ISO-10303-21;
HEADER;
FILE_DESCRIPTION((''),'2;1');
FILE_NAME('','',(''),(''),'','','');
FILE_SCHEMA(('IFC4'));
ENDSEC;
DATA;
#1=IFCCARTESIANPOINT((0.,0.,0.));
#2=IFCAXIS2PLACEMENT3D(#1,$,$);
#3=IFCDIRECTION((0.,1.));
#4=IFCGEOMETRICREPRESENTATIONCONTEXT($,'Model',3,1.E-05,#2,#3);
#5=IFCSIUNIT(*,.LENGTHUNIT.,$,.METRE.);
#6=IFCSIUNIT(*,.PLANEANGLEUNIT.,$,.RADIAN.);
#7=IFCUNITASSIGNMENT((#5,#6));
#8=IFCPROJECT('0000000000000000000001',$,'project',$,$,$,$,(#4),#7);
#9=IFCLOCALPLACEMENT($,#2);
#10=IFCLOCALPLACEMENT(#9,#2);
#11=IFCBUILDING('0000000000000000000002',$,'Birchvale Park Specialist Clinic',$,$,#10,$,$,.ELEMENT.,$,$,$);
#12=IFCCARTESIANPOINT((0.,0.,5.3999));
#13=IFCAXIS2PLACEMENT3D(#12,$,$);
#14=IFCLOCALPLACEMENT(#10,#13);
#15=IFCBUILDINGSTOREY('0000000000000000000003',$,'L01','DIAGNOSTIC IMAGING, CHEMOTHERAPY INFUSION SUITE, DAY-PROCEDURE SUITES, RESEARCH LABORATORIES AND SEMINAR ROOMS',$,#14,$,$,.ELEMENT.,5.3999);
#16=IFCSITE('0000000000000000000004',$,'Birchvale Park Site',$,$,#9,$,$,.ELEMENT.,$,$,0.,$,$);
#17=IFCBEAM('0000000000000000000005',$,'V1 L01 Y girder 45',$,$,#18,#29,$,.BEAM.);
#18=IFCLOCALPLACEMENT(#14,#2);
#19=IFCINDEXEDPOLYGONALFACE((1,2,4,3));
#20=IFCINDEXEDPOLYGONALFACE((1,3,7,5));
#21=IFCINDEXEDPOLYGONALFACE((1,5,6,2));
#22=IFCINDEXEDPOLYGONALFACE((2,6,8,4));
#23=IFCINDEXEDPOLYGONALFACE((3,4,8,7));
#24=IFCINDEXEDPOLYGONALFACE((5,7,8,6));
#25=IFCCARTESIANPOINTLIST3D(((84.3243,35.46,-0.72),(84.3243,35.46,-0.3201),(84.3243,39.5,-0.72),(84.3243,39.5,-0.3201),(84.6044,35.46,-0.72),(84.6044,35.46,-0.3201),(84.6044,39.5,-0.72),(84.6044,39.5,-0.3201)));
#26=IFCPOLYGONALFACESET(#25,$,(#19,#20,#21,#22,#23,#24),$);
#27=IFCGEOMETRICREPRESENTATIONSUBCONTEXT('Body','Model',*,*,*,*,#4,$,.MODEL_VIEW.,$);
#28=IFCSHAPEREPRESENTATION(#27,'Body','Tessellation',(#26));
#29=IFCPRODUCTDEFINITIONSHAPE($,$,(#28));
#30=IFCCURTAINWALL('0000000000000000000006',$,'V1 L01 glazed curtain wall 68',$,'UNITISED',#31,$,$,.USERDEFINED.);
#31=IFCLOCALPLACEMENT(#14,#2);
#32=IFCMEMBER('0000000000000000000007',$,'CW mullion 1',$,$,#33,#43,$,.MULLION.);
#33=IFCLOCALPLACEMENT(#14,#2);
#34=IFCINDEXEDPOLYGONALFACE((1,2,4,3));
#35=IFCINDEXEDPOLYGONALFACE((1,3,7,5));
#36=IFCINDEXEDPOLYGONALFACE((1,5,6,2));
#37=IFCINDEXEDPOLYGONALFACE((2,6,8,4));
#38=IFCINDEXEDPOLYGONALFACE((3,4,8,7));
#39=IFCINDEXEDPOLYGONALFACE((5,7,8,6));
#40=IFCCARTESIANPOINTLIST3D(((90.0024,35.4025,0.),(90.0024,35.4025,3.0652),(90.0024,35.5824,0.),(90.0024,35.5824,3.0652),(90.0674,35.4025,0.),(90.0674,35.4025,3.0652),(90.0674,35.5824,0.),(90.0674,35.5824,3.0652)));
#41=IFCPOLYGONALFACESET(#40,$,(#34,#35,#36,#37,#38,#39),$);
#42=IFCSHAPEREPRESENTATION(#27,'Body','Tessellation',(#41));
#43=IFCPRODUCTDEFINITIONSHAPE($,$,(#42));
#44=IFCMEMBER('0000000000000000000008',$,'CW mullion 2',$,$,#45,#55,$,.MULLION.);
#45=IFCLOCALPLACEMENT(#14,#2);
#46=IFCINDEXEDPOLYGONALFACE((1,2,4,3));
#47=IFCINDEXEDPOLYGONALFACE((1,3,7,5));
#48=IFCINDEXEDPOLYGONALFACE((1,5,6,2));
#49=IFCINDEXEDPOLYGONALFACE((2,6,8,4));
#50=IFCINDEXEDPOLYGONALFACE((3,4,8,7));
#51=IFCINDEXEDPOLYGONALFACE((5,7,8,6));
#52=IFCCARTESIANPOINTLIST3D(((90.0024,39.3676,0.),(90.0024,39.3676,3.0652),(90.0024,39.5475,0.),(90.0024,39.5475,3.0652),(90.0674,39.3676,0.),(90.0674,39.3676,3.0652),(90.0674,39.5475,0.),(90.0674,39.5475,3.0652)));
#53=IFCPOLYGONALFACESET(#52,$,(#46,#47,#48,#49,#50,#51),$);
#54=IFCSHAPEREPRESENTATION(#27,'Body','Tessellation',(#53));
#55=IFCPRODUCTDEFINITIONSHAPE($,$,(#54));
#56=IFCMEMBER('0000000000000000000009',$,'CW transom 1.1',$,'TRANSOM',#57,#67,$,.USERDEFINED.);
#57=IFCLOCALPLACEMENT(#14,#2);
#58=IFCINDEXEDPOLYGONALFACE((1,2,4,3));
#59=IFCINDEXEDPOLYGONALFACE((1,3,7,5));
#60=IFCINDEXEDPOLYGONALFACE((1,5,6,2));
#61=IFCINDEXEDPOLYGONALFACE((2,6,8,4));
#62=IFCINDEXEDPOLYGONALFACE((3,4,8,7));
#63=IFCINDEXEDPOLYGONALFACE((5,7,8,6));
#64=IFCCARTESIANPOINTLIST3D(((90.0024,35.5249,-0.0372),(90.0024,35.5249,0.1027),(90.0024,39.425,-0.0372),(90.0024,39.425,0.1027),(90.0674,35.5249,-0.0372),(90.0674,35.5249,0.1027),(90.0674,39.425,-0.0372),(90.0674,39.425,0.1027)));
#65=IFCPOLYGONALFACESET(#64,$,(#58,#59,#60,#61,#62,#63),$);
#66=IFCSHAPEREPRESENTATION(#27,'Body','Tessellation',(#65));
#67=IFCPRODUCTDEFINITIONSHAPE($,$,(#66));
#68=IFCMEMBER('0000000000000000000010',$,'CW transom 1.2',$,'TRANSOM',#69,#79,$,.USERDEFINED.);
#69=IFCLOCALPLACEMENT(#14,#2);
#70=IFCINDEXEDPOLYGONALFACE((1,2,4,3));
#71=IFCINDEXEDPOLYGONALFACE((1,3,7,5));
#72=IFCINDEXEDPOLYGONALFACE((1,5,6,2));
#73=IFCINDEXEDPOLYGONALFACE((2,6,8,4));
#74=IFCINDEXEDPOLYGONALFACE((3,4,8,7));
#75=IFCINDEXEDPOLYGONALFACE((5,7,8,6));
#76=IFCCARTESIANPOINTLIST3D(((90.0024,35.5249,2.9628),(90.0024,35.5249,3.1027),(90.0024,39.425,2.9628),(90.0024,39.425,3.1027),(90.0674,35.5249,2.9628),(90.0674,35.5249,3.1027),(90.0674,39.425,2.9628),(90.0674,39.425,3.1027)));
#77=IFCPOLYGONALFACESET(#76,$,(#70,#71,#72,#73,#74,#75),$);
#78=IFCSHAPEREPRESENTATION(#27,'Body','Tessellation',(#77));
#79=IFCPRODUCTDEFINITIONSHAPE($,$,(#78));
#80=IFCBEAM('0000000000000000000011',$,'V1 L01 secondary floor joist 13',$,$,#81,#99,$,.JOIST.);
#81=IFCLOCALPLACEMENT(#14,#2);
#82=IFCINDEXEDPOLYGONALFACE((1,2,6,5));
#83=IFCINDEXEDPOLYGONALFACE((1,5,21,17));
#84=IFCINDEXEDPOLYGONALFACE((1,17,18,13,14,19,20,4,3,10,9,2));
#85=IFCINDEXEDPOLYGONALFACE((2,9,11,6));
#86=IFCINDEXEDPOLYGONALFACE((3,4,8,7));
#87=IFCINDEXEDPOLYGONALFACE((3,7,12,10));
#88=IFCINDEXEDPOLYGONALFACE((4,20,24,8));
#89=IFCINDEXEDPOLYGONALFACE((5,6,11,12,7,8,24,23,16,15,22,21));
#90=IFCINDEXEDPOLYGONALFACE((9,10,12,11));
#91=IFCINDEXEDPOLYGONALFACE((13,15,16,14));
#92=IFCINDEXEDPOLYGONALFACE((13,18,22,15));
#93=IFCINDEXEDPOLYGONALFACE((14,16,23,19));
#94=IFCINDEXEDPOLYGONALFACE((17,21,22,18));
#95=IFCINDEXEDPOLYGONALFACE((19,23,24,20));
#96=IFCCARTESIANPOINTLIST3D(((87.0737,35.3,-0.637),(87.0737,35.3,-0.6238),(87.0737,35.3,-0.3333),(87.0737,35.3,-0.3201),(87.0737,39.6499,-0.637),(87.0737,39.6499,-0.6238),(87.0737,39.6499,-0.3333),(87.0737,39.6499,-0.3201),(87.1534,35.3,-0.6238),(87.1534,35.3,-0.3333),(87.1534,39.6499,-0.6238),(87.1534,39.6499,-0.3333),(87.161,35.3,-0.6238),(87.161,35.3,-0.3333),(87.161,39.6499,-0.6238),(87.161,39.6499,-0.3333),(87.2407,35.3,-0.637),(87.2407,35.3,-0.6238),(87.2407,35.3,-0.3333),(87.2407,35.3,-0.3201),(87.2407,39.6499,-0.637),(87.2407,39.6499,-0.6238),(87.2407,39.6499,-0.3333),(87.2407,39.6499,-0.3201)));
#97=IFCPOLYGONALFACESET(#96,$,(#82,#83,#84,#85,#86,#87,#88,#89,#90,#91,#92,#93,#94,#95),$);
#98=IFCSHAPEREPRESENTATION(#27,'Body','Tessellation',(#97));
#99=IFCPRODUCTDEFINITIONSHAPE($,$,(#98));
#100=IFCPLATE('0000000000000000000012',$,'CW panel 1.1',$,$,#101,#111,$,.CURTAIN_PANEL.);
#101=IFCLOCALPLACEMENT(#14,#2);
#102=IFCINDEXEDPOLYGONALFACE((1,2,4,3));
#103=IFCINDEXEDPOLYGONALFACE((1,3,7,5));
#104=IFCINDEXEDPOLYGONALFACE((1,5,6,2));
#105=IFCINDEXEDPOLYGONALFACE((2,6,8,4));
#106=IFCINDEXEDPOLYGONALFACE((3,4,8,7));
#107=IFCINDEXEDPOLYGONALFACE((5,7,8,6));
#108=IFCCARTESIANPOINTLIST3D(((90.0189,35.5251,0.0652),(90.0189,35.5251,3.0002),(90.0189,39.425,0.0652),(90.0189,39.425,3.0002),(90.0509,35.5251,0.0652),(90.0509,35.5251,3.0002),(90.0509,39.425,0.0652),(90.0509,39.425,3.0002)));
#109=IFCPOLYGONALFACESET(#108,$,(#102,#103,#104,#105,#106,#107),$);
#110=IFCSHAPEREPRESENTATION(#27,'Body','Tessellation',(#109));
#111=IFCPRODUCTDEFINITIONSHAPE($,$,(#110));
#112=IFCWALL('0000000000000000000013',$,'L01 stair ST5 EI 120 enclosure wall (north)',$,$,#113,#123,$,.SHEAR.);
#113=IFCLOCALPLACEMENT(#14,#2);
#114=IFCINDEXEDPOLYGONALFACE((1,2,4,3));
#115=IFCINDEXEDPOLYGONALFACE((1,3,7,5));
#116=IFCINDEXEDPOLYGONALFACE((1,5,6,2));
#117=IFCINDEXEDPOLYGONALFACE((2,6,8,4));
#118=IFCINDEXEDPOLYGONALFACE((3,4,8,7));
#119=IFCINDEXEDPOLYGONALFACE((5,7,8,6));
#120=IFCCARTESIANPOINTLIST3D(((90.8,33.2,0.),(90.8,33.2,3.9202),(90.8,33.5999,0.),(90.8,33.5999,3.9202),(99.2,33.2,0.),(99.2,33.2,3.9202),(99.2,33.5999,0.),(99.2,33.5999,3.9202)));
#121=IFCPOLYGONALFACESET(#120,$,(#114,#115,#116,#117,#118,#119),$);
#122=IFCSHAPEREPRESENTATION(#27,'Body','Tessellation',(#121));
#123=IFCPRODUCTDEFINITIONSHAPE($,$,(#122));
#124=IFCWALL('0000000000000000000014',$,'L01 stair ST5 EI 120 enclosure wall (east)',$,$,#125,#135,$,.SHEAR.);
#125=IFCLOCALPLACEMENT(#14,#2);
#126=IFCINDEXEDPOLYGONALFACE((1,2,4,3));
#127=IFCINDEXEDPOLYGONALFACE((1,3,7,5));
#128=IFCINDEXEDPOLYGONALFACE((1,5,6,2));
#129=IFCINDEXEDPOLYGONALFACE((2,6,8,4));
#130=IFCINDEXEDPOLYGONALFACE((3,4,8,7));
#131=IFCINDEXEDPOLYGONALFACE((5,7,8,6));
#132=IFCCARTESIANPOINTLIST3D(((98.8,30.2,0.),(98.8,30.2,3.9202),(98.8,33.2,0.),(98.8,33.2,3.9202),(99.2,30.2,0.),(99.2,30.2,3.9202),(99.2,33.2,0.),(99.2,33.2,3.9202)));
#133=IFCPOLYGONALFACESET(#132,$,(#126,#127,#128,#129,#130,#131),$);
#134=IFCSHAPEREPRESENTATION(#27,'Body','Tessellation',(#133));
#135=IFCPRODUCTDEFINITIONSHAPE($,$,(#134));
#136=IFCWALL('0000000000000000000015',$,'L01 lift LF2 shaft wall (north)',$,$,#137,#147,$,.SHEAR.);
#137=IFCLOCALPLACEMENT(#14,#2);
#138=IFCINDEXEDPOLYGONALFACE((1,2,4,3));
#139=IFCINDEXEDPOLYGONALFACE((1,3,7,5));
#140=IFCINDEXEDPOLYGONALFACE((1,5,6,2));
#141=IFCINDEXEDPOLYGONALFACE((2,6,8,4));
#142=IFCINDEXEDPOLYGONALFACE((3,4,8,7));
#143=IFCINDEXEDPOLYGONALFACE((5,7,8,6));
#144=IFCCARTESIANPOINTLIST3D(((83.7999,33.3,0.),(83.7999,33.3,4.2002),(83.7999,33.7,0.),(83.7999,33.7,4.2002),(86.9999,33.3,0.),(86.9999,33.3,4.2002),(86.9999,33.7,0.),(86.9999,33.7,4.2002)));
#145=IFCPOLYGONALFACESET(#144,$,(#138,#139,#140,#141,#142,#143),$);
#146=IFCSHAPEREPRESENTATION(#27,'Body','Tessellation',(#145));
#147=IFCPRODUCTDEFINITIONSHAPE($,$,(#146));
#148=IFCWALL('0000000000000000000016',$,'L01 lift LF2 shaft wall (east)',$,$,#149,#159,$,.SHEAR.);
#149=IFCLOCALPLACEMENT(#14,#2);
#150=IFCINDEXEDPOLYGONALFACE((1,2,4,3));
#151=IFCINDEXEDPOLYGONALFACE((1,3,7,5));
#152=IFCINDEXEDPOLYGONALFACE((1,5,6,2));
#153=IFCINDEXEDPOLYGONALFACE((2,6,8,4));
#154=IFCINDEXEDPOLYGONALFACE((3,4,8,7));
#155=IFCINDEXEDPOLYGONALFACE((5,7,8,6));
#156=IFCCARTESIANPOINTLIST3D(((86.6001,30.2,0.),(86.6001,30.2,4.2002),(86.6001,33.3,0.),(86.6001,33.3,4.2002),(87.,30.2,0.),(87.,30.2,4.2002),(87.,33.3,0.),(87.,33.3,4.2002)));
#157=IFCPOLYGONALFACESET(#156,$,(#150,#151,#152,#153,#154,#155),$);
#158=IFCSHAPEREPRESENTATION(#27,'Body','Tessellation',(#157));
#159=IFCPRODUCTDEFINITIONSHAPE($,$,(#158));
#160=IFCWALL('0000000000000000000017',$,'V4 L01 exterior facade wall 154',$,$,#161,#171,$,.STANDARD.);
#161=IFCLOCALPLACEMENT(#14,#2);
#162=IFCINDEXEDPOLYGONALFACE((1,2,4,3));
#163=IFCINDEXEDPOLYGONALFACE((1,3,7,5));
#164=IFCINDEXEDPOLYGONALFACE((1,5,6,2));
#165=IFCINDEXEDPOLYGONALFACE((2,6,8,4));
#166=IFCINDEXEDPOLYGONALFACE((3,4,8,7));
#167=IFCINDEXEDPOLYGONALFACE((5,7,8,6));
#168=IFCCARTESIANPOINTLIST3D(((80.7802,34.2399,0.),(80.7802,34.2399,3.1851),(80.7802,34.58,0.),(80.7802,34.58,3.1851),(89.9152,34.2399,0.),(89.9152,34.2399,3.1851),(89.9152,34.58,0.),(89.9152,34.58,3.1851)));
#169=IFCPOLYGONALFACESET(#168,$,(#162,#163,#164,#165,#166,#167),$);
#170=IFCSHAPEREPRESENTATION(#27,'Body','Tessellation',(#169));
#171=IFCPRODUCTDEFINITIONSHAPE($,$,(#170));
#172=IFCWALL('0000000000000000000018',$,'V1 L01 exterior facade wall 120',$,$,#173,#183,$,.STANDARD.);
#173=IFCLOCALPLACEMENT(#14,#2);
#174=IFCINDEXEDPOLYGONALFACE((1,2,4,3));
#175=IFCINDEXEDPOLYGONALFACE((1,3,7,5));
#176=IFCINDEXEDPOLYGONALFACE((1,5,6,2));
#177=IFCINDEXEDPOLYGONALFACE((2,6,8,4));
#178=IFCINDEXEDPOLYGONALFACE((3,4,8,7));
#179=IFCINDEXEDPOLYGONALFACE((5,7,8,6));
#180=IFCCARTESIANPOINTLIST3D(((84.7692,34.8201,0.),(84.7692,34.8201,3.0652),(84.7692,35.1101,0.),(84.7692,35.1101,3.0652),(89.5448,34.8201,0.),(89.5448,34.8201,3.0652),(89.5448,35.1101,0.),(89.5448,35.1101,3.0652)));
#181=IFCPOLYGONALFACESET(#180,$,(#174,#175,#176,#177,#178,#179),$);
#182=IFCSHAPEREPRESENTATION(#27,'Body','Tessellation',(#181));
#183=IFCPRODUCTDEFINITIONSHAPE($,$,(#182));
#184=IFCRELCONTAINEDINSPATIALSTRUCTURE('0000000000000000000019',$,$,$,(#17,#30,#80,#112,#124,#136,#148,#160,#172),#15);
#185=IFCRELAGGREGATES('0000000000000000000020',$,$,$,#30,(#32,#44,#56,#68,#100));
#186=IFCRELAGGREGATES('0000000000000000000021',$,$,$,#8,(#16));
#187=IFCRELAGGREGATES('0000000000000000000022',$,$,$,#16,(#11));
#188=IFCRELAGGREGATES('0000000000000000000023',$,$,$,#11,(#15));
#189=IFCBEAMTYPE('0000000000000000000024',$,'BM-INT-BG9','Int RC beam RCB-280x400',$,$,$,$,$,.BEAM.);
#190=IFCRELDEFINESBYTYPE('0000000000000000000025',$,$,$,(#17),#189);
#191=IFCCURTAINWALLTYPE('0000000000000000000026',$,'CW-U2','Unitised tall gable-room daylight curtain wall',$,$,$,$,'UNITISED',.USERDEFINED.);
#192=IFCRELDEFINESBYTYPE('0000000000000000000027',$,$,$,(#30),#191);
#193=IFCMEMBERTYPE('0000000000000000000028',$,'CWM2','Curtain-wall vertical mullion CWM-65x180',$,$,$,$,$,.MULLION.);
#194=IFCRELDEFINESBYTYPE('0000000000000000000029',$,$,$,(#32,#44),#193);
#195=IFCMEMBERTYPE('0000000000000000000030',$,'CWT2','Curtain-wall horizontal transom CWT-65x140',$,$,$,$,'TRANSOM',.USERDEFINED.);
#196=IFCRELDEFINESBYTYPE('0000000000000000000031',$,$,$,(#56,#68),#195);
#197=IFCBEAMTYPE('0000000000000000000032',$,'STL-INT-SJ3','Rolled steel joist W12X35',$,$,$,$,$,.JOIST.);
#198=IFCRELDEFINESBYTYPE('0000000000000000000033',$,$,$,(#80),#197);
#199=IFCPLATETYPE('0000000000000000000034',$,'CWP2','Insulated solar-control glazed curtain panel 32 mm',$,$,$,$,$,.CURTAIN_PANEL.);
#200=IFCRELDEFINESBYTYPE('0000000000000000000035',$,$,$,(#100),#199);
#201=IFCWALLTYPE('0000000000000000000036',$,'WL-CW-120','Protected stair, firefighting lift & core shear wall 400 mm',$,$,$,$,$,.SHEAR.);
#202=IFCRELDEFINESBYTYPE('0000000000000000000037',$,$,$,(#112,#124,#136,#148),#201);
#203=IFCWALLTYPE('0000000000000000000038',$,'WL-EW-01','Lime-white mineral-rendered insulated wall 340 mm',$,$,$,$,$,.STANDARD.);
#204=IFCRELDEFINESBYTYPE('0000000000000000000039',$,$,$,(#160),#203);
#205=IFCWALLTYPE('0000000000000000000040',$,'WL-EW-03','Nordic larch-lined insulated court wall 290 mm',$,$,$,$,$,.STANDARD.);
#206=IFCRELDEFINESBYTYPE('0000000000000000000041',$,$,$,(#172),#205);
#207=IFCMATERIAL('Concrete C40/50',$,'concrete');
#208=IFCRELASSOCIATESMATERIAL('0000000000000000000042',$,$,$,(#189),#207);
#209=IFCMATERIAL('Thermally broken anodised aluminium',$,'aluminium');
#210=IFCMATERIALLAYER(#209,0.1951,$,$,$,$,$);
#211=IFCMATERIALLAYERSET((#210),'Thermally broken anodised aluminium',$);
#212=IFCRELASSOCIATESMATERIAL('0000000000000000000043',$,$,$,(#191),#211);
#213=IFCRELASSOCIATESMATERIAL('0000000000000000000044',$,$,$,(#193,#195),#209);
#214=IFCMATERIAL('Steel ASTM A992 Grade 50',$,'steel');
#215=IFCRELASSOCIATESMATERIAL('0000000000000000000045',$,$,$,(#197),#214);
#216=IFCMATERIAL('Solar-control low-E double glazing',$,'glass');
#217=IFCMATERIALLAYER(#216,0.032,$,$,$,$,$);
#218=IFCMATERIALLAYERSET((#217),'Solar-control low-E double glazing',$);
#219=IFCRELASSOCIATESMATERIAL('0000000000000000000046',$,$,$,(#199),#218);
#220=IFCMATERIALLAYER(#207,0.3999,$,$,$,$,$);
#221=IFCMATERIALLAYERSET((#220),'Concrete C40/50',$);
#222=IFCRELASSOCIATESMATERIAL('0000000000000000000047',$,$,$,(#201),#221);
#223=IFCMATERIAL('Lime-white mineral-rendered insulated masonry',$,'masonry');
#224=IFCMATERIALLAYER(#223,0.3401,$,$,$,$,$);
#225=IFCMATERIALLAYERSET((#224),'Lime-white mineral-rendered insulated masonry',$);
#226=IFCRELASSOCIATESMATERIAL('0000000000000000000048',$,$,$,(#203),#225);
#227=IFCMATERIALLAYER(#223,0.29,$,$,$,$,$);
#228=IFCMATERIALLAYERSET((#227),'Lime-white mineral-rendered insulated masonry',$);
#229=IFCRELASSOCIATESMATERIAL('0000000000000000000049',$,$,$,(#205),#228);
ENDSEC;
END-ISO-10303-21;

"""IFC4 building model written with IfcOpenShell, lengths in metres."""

from ifc_helpers import new_model, si_unit, direction, frame, frame_2d, origin, origin_2d, place, context, subcontext, project, spatial, rectangle, i_section, extrude, material, layer, layer_set, material_profile, profile_set, type_object, element, aggregate, save


model = new_model("IFC4")

# Units and contexts
model_context = context("Model", 3, precision=1e-05, world=origin(), true_north=direction((0.0, 1.0)))
body_context = subcontext(model_context, "Body", "Model", "MODEL_VIEW")
ifc_project = project(units=[si_unit("LENGTHUNIT", "METRE"), si_unit("PLANEANGLEUNIT", "RADIAN")], contexts=[model_context])

# Site, building, storey
site_placement = place(None, origin())
site = spatial("IfcSite", under=ifc_project, at=site_placement, Name="Birchvale Park Site", CompositionType="ELEMENT", RefElevation=0.0)
building_placement = place(site_placement, origin())
building = spatial("IfcBuilding", under=site, at=building_placement, Name="Birchvale Park Specialist Clinic", CompositionType="ELEMENT")
storey_placement = place(building_placement, frame((0.0, 0.0, 5.3999)))
storey = spatial("IfcBuildingStorey", under=building, at=storey_placement, Name="L01", Description="DIAGNOSTIC IMAGING, CHEMOTHERAPY INFUSION SUITE, DAY-PROCEDURE SUITES, RESEARCH LABORATORIES AND SEMINAR ROOMS", CompositionType="ELEMENT", Elevation=5.3999)

# Shared definitions
ifc_material_1 = material(Name="Concrete C40/50", Category="concrete")

# Beam
ifc_material_profile_1 = material_profile(ifc_material_1, rectangle(XDim=0.28, YDim=0.3999, at=origin_2d()), Name="RCB-280x400")
ifc_profile_set_1 = profile_set([ifc_material_profile_1], Name="Concrete C40/50")
beam_type_1 = type_object("IfcBeamType", Name="BM-INT-BG9", Description="Int RC beam RCB-280x400", PredefinedType="BEAM", material=ifc_profile_set_1)
beam_1_placement = place(storey_placement, frame((84.4644, 35.46, -0.52), z_axis=(0.0, 1.0, 0.0), x_axis=(-1.0, 0.0, 0.0)))
element("IfcBeam", 1, at=beam_1_placement, inside=storey, type_object=beam_type_1, Name="V1 L01 Y girder 45", PredefinedType="BEAM", context=body_context, shape_type="SweptSolid", body=[
    extrude(rectangle(XDim=0.28, YDim=0.3999, at=origin_2d()), origin(), (0.0, 0.0, 1.0), 4.04),
])

# Curtain wall, members
ifc_material_2 = material(Name="Thermally broken anodised aluminium", Category="aluminium")
ifc_layer_1 = layer(ifc_material_2, 0.1951)
ifc_layer_set_1 = layer_set([ifc_layer_1], Name="Thermally broken anodised aluminium")
curtain_wall_type = type_object("IfcCurtainWallType", Name="CW-U2", Description="Unitised tall gable-room daylight curtain wall", ElementType="UNITISED", PredefinedType="USERDEFINED", material=ifc_layer_set_1)
curtain_wall_placement = place(storey_placement, origin())
curtain_wall = element("IfcCurtainWall", 2, at=curtain_wall_placement, inside=storey, type_object=curtain_wall_type, Name="V1 L01 glazed curtain wall 68", ObjectType="UNITISED", PredefinedType="USERDEFINED")
ifc_material_profile_2 = material_profile(ifc_material_2, rectangle(XDim=0.0649, YDim=0.1799, at=origin_2d()), Name="CWM-65x180")
ifc_profile_set_2 = profile_set([ifc_material_profile_2], Name="Thermally broken anodised aluminium")
member_type_1 = type_object("IfcMemberType", Name="CWM2", Description="Curtain-wall vertical mullion CWM-65x180", PredefinedType="MULLION", material=ifc_profile_set_2)
member_1_placement = place(storey_placement, frame((90.0349, 35.4924, 0.0), z_axis=(0.0, 0.0, 1.0), x_axis=(-1.0, 0.0, 0.0)))
member_1 = element("IfcMember", 3, at=member_1_placement, type_object=member_type_1, Name="CW mullion 1", PredefinedType="MULLION", context=body_context, shape_type="SweptSolid", body=[
    extrude(rectangle(XDim=0.0649, YDim=0.1799, at=origin_2d()), origin(), (0.0, 0.0, 1.0), 3.0652),
])
member_2_placement = place(storey_placement, frame((90.0349, 39.4575, 0.0), z_axis=(0.0, 0.0, 1.0), x_axis=(-1.0, 0.0, 0.0)))
member_2 = element("IfcMember", 4, at=member_2_placement, type_object=member_type_1, Name="CW mullion 2", PredefinedType="MULLION", context=body_context, shape_type="SweptSolid", body=[
    extrude(rectangle(XDim=0.0649, YDim=0.1799, at=origin_2d()), origin(), (0.0, 0.0, 1.0), 3.0652),
])
ifc_material_profile_3 = material_profile(ifc_material_2, rectangle(XDim=0.0649, YDim=0.1399, at=origin_2d()), Name="CWT-65x140")
ifc_profile_set_3 = profile_set([ifc_material_profile_3], Name="Thermally broken anodised aluminium")
member_type_2 = type_object("IfcMemberType", Name="CWT2", Description="Curtain-wall horizontal transom CWT-65x140", ElementType="TRANSOM", PredefinedType="USERDEFINED", material=ifc_profile_set_3)
member_3_placement = place(storey_placement, frame((90.0349, 35.5249, 0.0327), z_axis=(0.0, 1.0, 0.0), x_axis=(-1.0, 0.0, 0.0)))
member_3 = element("IfcMember", 5, at=member_3_placement, type_object=member_type_2, Name="CW transom 1.1", ObjectType="TRANSOM", PredefinedType="USERDEFINED", context=body_context, shape_type="SweptSolid", body=[
    extrude(rectangle(XDim=0.0649, YDim=0.1399, at=origin_2d()), origin(), (0.0, 0.0, 1.0), 3.9001),
])
member_4_placement = place(storey_placement, frame((90.0349, 35.5249, 3.0327), z_axis=(0.0, 1.0, 0.0), x_axis=(-1.0, 0.0, 0.0)))
member_4 = element("IfcMember", 6, at=member_4_placement, type_object=member_type_2, Name="CW transom 1.2", ObjectType="TRANSOM", PredefinedType="USERDEFINED", context=body_context, shape_type="SweptSolid", body=[
    extrude(rectangle(XDim=0.0649, YDim=0.1399, at=origin_2d()), origin(), (0.0, 0.0, 1.0), 3.9001),
])

# Beam
ifc_material_3 = material(Name="Steel ASTM A992 Grade 50", Category="steel")
ifc_material_profile_4 = material_profile(ifc_material_3, i_section(OverallWidth=0.167, OverallDepth=0.3169, WebThickness=0.0076, FlangeThickness=0.0132, at=origin_2d()), Name="W12X35")
ifc_profile_set_4 = profile_set([ifc_material_profile_4], Name="Steel ASTM A992 Grade 50")
beam_type_2 = type_object("IfcBeamType", Name="STL-INT-SJ3", Description="Rolled steel joist W12X35", PredefinedType="JOIST", material=ifc_profile_set_4)
beam_2_placement = place(storey_placement, frame((87.1572, 35.3, -0.4785), z_axis=(0.0, 1.0, 0.0), x_axis=(-1.0, 0.0, 0.0)))
element("IfcBeam", 7, at=beam_2_placement, inside=storey, type_object=beam_type_2, Name="V1 L01 secondary floor joist 13", PredefinedType="JOIST", context=body_context, shape_type="SweptSolid", body=[
    extrude(i_section(OverallWidth=0.167, OverallDepth=0.3169, WebThickness=0.0076, FlangeThickness=0.0132, at=origin_2d()), origin(), (0.0, 0.0, 1.0), 4.3499),
])

# Plate
ifc_material_4 = material(Name="Solar-control low-E double glazing", Category="glass")
ifc_layer_2 = layer(ifc_material_4, 0.032)
ifc_layer_set_2 = layer_set([ifc_layer_2], Name="Solar-control low-E double glazing")
plate_type = type_object("IfcPlateType", Name="CWP2", Description="Insulated solar-control glazed curtain panel 32 mm", PredefinedType="CURTAIN_PANEL", material=ifc_layer_set_2)
plate_placement = place(storey_placement, frame((90.0349, 37.4751, 0.0652), z_axis=(0.0, 0.0, 1.0), x_axis=(0.0, 1.0, 0.0)))
plate = element("IfcPlate", 8, at=plate_placement, type_object=plate_type, Name="CW panel 1.1", PredefinedType="CURTAIN_PANEL", context=body_context, shape_type="SweptSolid", body=[
    extrude(rectangle(XDim=3.8999, YDim=0.032, at=origin_2d()), origin(), (0.0, 0.0, 1.0), 2.9351),
])
aggregate(curtain_wall, [member_1, member_2, member_3, member_4, plate])

# Walls
ifc_layer_3 = layer(ifc_material_1, 0.3999)
ifc_layer_set_3 = layer_set([ifc_layer_3], Name="Concrete C40/50")
wall_type_1 = type_object("IfcWallType", Name="WL-CW-120", Description="Protected stair, firefighting lift & core shear wall 400 mm", PredefinedType="SHEAR", material=ifc_layer_set_3)
wall_1_placement = place(storey_placement, frame((99.2, 33.3999, 0.0), z_axis=(0.0, 0.0, 1.0), x_axis=(-1.0, 0.0, 0.0)))
element("IfcWall", 9, at=wall_1_placement, inside=storey, type_object=wall_type_1, Name="L01 stair ST5 EI 120 enclosure wall (north)", PredefinedType="SHEAR", context=body_context, shape_type="SweptSolid", body=[
    extrude(rectangle(XDim=8.3999, YDim=0.3999, at=frame_2d((4.2, 0.0))), origin(), (0.0, 0.0, 1.0), 3.9202),
])
wall_2_placement = place(storey_placement, frame((99.0, 33.2, 0.0), z_axis=(0.0, 0.0, 1.0), x_axis=(0.0, -1.0, 0.0)))
element("IfcWall", 10, at=wall_2_placement, inside=storey, type_object=wall_type_1, Name="L01 stair ST5 EI 120 enclosure wall (east)", PredefinedType="SHEAR", context=body_context, shape_type="SweptSolid", body=[
    extrude(rectangle(XDim=3.0, YDim=0.3999, at=frame_2d((1.5, 0.0))), origin(), (0.0, 0.0, 1.0), 3.9202),
])
wall_3_placement = place(storey_placement, frame((87.0, 33.5, 0.0), z_axis=(0.0, 0.0, 1.0), x_axis=(-1.0, 0.0, 0.0)))
element("IfcWall", 11, at=wall_3_placement, inside=storey, type_object=wall_type_1, Name="L01 lift LF2 shaft wall (north)", PredefinedType="SHEAR", context=body_context, shape_type="SweptSolid", body=[
    extrude(rectangle(XDim=3.2, YDim=0.3999, at=frame_2d((1.6001, 0.0))), origin(), (0.0, 0.0, 1.0), 4.2002),
])
wall_4_placement = place(storey_placement, frame((86.8, 33.3, 0.0), z_axis=(0.0, 0.0, 1.0), x_axis=(0.0, -1.0, 0.0)))
element("IfcWall", 12, at=wall_4_placement, inside=storey, type_object=wall_type_1, Name="L01 lift LF2 shaft wall (east)", PredefinedType="SHEAR", context=body_context, shape_type="SweptSolid", body=[
    extrude(rectangle(XDim=3.1001, YDim=0.3999, at=frame_2d((1.55, 0.0))), origin(), (0.0, 0.0, 1.0), 4.2002),
])
ifc_material_5 = material(Name="Lime-white mineral-rendered insulated masonry", Category="masonry")
ifc_layer_4 = layer(ifc_material_5, 0.3401)
ifc_layer_set_4 = layer_set([ifc_layer_4], Name="Lime-white mineral-rendered insulated masonry")
wall_type_2 = type_object("IfcWallType", Name="WL-EW-01", Description="Lime-white mineral-rendered insulated wall 340 mm", PredefinedType="STANDARD", material=ifc_layer_set_4)
wall_5_placement = place(storey_placement, frame((89.915, 34.4099, 0.0), z_axis=(0.0, 0.0, 1.0), x_axis=(-1.0, 0.0, 0.0)))
element("IfcWall", 13, at=wall_5_placement, inside=storey, type_object=wall_type_2, Name="V4 L01 exterior facade wall 154", PredefinedType="STANDARD", context=body_context, shape_type="SweptSolid", body=[
    extrude(rectangle(XDim=9.135, YDim=0.3401, at=frame_2d((4.5674, 0.0))), origin(), (0.0, 0.0, 1.0), 3.1851),
])
ifc_layer_5 = layer(ifc_material_5, 0.29)
ifc_layer_set_5 = layer_set([ifc_layer_5], Name="Lime-white mineral-rendered insulated masonry")
wall_type_3 = type_object("IfcWallType", Name="WL-EW-03", Description="Nordic larch-lined insulated court wall 290 mm", PredefinedType="STANDARD", material=ifc_layer_set_5)
wall_6_placement = place(storey_placement, frame((84.7693, 34.9651, 0.0), z_axis=(0.0, 0.0, 1.0), x_axis=(1.0, 0.0, 0.0)))
element("IfcWall", 14, at=wall_6_placement, inside=storey, type_object=wall_type_3, Name="V1 L01 exterior facade wall 120", PredefinedType="STANDARD", context=body_context, shape_type="SweptSolid", body=[
    extrude(rectangle(XDim=4.7756, YDim=0.29, at=frame_2d((2.3877, 0.0))), origin(), (0.0, 0.0, 1.0), 3.0652),
])

save(model, "model.ifc")
